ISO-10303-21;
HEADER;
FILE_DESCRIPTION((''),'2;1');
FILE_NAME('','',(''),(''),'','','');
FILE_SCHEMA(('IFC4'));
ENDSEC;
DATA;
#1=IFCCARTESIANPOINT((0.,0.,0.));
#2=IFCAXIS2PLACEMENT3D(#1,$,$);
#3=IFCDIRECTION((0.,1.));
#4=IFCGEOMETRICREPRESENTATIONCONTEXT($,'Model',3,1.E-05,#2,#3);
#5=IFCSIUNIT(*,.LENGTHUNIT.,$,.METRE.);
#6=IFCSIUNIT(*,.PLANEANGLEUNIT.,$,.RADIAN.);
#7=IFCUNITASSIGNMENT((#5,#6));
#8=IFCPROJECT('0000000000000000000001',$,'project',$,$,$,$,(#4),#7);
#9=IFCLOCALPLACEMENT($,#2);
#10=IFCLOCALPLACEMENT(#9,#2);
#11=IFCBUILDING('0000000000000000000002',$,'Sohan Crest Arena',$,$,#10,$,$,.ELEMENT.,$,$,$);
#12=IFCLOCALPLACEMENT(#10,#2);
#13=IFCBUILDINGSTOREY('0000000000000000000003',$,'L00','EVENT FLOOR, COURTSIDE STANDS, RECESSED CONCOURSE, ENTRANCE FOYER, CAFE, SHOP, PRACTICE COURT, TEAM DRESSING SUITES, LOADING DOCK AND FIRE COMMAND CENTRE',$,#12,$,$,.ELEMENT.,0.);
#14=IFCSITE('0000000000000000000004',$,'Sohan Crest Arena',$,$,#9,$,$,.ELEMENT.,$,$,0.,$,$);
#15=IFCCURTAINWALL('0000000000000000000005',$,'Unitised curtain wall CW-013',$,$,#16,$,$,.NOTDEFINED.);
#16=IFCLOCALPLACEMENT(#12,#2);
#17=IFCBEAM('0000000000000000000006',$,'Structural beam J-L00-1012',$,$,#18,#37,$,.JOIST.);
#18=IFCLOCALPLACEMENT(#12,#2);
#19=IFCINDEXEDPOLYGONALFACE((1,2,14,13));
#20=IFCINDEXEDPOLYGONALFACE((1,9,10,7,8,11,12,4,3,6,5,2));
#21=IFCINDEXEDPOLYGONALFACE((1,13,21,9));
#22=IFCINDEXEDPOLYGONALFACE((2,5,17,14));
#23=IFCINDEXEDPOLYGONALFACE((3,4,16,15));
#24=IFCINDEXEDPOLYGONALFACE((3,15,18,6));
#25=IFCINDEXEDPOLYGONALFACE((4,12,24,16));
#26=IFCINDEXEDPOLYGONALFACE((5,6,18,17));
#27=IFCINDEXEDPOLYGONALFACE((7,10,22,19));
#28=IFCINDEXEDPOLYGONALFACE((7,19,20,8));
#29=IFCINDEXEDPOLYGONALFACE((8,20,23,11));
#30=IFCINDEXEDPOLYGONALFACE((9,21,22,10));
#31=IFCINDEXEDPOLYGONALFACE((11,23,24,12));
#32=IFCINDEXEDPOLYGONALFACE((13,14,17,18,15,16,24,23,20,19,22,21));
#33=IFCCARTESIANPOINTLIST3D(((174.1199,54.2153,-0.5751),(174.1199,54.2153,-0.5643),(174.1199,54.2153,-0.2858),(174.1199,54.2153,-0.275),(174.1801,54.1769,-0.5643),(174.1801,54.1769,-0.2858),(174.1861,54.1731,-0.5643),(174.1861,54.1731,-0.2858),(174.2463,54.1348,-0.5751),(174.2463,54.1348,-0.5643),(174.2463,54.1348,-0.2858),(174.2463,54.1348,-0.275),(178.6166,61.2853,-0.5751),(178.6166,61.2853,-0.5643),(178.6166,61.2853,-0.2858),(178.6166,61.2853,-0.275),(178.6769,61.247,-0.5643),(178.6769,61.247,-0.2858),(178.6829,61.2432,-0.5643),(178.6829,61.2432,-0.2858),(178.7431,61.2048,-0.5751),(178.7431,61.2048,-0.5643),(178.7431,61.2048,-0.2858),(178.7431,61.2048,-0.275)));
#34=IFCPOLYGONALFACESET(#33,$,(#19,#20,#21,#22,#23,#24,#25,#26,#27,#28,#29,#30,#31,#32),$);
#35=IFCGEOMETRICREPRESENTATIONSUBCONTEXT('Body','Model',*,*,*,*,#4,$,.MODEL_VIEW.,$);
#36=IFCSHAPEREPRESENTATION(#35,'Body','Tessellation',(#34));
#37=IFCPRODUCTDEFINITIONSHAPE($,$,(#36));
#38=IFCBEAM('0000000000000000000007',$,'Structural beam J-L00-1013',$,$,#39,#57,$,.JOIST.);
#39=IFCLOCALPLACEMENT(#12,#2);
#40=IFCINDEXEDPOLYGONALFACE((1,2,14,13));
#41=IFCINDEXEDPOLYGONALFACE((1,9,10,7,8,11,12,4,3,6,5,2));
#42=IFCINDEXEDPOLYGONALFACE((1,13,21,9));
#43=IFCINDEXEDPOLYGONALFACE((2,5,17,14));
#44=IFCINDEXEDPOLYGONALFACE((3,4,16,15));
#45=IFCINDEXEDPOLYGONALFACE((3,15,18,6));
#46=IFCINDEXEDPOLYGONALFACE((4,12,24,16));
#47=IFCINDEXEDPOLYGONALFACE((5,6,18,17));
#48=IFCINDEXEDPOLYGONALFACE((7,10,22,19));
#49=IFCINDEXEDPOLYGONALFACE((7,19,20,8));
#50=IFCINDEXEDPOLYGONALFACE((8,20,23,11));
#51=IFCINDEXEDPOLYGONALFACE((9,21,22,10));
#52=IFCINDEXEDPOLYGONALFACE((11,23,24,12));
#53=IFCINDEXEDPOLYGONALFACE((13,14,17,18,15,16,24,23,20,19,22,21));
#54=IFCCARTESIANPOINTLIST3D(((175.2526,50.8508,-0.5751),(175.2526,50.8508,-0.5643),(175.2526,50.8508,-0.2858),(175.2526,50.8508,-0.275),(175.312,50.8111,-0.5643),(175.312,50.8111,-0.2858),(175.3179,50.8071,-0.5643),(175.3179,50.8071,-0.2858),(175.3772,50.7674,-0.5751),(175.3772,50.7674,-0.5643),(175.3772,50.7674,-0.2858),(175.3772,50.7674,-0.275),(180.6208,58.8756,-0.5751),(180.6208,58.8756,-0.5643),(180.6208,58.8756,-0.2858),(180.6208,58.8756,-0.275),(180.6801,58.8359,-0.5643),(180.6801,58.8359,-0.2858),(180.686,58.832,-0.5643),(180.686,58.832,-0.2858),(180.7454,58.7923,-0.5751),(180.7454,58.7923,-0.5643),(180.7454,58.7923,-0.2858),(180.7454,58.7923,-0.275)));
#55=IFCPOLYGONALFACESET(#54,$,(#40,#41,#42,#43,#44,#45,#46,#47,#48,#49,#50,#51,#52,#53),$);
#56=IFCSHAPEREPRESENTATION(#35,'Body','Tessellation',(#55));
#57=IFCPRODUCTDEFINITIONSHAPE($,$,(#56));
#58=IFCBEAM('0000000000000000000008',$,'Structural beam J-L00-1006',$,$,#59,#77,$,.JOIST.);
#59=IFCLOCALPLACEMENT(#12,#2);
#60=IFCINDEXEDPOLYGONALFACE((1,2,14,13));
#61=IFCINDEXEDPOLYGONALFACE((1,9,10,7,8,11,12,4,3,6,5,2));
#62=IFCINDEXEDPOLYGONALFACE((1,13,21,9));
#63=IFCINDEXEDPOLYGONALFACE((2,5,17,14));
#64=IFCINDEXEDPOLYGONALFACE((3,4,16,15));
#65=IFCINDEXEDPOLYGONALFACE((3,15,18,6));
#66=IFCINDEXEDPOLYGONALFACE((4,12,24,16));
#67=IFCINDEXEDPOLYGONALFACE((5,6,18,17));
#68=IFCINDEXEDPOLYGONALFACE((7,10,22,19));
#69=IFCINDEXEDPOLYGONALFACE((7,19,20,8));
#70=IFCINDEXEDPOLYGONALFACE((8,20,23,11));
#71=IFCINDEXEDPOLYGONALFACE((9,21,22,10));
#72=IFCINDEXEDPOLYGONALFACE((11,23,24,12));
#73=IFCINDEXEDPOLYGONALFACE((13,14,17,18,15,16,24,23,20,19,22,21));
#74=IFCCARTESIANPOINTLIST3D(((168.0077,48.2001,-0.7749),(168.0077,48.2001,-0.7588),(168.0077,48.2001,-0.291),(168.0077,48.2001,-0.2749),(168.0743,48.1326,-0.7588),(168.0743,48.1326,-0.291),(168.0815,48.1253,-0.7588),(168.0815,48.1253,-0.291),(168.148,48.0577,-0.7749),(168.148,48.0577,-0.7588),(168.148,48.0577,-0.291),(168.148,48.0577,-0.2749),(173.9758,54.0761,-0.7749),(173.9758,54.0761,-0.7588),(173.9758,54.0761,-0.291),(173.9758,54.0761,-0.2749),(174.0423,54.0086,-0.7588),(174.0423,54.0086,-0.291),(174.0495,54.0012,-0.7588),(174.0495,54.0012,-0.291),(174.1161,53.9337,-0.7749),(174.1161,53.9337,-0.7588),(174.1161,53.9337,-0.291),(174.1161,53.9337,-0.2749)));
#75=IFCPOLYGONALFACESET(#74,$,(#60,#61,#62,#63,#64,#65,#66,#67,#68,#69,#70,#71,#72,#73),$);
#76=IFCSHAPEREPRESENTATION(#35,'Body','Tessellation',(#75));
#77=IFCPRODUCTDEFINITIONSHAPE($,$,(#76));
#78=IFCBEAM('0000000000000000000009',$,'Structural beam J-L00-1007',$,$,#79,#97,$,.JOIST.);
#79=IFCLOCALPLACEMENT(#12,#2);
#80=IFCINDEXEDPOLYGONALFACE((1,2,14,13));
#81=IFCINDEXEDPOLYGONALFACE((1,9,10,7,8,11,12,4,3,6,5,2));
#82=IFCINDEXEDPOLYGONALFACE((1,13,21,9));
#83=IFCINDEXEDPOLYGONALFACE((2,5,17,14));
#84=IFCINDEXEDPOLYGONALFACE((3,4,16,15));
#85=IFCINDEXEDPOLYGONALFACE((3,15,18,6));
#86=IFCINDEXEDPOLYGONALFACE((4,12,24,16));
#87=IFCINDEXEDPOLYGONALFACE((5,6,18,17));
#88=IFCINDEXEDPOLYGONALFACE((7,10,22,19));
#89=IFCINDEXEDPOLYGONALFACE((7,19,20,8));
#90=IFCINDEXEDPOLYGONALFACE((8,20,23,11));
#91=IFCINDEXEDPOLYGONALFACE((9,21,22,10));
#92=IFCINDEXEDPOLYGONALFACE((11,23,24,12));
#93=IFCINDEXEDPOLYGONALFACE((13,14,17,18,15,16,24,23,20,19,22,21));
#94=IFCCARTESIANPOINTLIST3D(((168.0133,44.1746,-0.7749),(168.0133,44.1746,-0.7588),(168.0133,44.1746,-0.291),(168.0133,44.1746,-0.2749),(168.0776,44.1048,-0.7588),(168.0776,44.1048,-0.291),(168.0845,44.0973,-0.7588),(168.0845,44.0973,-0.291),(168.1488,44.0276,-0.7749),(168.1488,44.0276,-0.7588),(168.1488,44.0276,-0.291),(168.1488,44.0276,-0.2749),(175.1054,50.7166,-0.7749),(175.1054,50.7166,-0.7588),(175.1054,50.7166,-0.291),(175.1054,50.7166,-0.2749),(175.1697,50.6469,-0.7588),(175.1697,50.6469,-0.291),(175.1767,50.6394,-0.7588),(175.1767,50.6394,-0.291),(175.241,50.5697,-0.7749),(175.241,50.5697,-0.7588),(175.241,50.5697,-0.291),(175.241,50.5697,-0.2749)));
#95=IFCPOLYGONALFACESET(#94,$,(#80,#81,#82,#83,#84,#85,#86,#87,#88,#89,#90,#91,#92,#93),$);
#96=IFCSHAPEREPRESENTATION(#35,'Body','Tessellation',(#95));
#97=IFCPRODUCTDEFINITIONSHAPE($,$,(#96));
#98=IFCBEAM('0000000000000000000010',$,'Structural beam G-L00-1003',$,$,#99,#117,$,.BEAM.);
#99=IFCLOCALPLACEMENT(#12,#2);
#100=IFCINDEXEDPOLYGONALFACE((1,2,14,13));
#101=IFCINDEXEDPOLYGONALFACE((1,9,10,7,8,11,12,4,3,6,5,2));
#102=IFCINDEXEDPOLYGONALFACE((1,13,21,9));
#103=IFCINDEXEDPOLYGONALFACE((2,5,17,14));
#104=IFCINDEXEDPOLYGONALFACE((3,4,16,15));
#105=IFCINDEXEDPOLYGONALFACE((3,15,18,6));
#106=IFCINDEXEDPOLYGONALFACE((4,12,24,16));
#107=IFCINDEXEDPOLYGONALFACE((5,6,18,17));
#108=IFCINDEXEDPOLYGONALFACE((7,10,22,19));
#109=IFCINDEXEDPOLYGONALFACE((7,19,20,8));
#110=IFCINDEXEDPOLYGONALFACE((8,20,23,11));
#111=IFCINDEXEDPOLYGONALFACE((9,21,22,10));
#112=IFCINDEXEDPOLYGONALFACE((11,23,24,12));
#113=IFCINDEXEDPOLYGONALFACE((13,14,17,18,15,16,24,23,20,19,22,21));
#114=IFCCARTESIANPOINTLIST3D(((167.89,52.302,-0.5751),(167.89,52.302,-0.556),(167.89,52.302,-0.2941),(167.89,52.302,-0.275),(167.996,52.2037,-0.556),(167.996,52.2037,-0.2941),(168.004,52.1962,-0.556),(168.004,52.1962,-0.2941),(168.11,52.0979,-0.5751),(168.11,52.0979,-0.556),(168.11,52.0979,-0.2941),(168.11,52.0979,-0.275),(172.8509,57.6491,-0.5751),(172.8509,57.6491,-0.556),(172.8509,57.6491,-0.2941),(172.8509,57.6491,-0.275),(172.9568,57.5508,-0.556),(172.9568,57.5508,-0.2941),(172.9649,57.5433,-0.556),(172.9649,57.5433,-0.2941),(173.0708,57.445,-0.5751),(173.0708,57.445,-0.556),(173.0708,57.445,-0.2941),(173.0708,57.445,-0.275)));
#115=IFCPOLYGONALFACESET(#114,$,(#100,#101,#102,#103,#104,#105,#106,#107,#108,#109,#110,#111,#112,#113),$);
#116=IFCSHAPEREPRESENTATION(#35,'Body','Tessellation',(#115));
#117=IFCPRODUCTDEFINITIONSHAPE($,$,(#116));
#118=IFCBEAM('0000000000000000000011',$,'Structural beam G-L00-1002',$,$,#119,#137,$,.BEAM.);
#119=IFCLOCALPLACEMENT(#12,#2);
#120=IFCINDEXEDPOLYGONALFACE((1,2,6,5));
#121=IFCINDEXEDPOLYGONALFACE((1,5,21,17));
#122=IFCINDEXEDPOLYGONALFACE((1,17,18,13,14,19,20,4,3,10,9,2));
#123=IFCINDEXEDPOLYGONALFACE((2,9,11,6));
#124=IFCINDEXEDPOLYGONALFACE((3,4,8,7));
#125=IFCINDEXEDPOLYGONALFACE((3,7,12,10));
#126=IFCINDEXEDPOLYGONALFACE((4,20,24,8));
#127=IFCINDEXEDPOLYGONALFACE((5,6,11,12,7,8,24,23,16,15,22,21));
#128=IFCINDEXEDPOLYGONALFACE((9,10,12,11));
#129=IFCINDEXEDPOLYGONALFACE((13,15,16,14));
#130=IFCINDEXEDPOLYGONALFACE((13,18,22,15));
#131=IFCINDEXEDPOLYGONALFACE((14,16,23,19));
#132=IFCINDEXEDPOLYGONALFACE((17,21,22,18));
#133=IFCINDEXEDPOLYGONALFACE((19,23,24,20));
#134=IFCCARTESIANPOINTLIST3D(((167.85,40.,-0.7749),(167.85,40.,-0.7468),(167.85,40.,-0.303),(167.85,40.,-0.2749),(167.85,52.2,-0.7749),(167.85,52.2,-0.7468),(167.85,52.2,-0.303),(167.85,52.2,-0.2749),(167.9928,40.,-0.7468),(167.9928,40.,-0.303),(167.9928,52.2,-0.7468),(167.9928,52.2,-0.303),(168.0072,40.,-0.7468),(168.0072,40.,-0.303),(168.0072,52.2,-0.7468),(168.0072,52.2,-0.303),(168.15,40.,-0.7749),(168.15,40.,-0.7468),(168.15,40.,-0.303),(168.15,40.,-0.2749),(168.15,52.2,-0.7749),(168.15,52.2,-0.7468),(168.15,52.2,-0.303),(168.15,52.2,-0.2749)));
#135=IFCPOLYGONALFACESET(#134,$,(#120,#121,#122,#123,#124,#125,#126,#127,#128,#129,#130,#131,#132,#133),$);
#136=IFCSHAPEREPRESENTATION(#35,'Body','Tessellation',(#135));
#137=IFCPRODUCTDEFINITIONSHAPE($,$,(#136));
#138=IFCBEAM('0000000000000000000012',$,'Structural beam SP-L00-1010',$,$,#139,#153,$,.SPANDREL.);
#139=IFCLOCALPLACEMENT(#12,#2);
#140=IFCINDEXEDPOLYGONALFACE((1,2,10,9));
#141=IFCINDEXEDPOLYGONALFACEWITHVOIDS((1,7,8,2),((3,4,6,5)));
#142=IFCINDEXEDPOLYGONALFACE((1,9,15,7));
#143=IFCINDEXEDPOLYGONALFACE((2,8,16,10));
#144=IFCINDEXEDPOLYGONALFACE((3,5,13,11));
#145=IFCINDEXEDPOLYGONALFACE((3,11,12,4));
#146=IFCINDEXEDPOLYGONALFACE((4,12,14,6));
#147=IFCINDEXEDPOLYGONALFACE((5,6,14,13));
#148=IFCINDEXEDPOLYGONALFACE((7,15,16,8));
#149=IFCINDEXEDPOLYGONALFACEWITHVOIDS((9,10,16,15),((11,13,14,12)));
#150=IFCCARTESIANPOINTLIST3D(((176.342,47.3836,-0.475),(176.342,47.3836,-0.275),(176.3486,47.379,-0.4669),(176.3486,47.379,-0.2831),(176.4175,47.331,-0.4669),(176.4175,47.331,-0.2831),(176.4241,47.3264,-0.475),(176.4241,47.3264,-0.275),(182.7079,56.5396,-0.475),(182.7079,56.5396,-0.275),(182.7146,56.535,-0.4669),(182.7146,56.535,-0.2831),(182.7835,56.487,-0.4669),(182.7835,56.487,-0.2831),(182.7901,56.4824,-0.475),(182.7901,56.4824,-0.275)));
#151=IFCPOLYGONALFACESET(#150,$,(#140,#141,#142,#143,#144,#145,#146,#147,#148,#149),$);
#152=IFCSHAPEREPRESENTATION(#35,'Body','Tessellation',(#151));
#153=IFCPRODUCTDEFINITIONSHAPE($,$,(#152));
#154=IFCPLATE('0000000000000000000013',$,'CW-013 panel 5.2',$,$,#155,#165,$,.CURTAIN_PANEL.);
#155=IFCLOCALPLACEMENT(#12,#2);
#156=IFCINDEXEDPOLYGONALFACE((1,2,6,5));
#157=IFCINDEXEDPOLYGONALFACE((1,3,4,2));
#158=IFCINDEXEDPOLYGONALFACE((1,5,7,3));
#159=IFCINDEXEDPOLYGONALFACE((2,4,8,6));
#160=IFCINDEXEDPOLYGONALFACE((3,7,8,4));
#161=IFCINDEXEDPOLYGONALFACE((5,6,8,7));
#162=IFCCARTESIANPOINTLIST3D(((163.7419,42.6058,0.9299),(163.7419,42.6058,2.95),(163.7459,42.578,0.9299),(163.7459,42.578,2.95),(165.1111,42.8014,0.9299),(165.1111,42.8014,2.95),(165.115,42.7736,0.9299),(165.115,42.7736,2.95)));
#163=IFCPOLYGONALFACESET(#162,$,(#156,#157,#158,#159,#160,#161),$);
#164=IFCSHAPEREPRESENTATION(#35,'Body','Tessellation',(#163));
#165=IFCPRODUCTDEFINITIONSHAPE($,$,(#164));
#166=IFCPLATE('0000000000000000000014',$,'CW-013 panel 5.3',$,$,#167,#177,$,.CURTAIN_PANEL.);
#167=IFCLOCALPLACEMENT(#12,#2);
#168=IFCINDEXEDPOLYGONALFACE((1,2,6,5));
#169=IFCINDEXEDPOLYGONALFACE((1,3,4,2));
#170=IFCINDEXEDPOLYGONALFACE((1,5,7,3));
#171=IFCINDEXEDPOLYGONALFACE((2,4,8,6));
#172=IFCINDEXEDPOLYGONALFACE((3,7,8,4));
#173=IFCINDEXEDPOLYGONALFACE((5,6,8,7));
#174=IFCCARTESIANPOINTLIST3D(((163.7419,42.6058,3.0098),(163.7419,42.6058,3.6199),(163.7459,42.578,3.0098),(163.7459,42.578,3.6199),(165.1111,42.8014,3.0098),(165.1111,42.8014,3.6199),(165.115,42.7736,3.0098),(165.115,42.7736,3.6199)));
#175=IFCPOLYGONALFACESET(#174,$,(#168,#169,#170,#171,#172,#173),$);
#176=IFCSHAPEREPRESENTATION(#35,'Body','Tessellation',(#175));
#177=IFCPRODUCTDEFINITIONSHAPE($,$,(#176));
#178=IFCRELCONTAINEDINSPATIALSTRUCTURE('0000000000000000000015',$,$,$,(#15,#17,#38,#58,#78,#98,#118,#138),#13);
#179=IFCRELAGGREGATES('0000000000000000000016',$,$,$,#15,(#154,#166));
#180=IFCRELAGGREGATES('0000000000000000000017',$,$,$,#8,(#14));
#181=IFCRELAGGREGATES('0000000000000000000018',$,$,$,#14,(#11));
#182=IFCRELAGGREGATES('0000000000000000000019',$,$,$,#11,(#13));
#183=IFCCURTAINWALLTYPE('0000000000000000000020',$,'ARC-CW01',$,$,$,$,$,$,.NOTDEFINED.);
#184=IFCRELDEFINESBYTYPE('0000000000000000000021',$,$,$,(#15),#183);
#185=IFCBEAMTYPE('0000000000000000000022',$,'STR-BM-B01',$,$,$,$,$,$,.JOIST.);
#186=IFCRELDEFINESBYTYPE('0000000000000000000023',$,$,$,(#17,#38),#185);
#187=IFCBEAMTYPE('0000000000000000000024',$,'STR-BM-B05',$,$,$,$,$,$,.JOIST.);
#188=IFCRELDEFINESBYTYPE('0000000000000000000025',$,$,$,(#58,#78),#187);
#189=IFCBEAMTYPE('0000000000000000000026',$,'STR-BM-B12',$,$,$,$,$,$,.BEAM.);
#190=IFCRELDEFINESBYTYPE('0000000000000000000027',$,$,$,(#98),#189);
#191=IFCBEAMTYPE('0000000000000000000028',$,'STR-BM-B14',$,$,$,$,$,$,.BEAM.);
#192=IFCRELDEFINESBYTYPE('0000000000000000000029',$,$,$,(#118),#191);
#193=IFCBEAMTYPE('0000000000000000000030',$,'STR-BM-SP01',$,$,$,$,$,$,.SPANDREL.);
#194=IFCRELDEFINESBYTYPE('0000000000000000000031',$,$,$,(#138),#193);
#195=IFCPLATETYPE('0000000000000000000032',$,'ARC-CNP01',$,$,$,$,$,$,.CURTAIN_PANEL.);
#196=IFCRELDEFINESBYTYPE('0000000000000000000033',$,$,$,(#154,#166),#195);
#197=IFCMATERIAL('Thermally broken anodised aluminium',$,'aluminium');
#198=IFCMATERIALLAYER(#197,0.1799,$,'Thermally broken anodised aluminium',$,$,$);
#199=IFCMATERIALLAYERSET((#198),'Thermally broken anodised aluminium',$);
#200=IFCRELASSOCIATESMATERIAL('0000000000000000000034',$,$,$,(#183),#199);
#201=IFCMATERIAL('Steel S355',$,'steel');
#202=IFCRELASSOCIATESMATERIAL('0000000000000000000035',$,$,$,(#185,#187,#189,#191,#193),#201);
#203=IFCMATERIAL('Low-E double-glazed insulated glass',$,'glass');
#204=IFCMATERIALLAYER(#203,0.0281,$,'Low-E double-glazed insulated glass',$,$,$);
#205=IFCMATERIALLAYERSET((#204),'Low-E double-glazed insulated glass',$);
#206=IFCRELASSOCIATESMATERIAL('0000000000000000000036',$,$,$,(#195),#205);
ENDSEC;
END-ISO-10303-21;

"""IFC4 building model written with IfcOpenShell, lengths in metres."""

from ifc_helpers import new_model, si_unit, direction, frame, origin, origin_2d, place, context, subcontext, project, spatial, rectangle, hollow_rectangle, i_section, extrude, material, layer, layer_set, material_profile, profile_set, type_object, element, aggregate, save


model = new_model("IFC4")

# Units and contexts
model_context = context("Model", 3, precision=1e-05, world=origin(), true_north=direction((0.0, 1.0)))
body_context = subcontext(model_context, "Body", "Model", "MODEL_VIEW")
ifc_project = project(units=[si_unit("LENGTHUNIT", "METRE"), si_unit("PLANEANGLEUNIT", "RADIAN")], contexts=[model_context])

# Site, building, storey
site_placement = place(None, origin())
site = spatial("IfcSite", under=ifc_project, at=site_placement, Name="Sohan Crest Arena", CompositionType="ELEMENT", RefElevation=0.0)
building_placement = place(site_placement, origin())
building = spatial("IfcBuilding", under=site, at=building_placement, Name="Sohan Crest Arena", CompositionType="ELEMENT")
storey_placement = place(building_placement, origin())
storey = spatial("IfcBuildingStorey", under=building, at=storey_placement, Name="L00", Description="EVENT FLOOR, COURTSIDE STANDS, RECESSED CONCOURSE, ENTRANCE FOYER, CAFE, SHOP, PRACTICE COURT, TEAM DRESSING SUITES, LOADING DOCK AND FIRE COMMAND CENTRE", CompositionType="ELEMENT", Elevation=0.0)

# Shared definitions
ifc_material_1 = material(Name="Steel S355", Category="steel")

# Curtain wall
ifc_material_2 = material(Name="Thermally broken anodised aluminium", Category="aluminium")
ifc_layer_1 = layer(ifc_material_2, 0.1799, Name="Thermally broken anodised aluminium")
ifc_layer_set_1 = layer_set([ifc_layer_1], Name="Thermally broken anodised aluminium")
curtain_wall_type = type_object("IfcCurtainWallType", Name="ARC-CW01", PredefinedType="NOTDEFINED", material=ifc_layer_set_1)
curtain_wall_placement = place(storey_placement, origin())
curtain_wall = element("IfcCurtainWall", 1, at=curtain_wall_placement, inside=storey, type_object=curtain_wall_type, Name="Unitised curtain wall CW-013", PredefinedType="NOTDEFINED")

# Beams
ifc_material_profile_1 = material_profile(ifc_material_1, i_section(OverallWidth=0.1499, OverallDepth=0.3, WebThickness=0.0071, FlangeThickness=0.0107, at=origin_2d()), Name="IPE 300")
ifc_profile_set_1 = profile_set([ifc_material_profile_1], Name="Steel S355")
beam_type_1 = type_object("IfcBeamType", Name="STR-BM-B01", PredefinedType="JOIST", material=ifc_profile_set_1)
beam_1_placement = place(storey_placement, frame((174.1831, 54.175, -0.425), z_axis=(0.536679, 0.843786, 0.0), x_axis=(-0.843786, 0.536679, 0.0)))
element("IfcBeam", 2, at=beam_1_placement, inside=storey, type_object=beam_type_1, Name="Structural beam J-L00-1012", PredefinedType="JOIST", context=body_context, shape_type="SweptSolid", body=[
    extrude(i_section(OverallWidth=0.1499, OverallDepth=0.3, WebThickness=0.0071, FlangeThickness=0.0107, at=origin_2d()), origin(), (0.0, 0.0, 1.0), 8.3789),
])
beam_2_placement = place(storey_placement, frame((175.3149, 50.8091, -0.425), z_axis=(0.556007, 0.831178, 0.0), x_axis=(-0.831178, 0.556007, 0.0)))
element("IfcBeam", 3, at=beam_2_placement, inside=storey, type_object=beam_type_1, Name="Structural beam J-L00-1013", PredefinedType="JOIST", context=body_context, shape_type="SweptSolid", body=[
    extrude(i_section(OverallWidth=0.1499, OverallDepth=0.3, WebThickness=0.0071, FlangeThickness=0.0107, at=origin_2d()), origin(), (0.0, 0.0, 1.0), 9.6548),
])
ifc_material_profile_2 = material_profile(ifc_material_1, i_section(OverallWidth=0.2, OverallDepth=0.5, WebThickness=0.0103, FlangeThickness=0.0161, at=origin_2d()), Name="IPE 500")
ifc_profile_set_2 = profile_set([ifc_material_profile_2], Name="Steel S355")
beam_type_2 = type_object("IfcBeamType", Name="STR-BM-B05", PredefinedType="JOIST", material=ifc_profile_set_2)
beam_3_placement = place(storey_placement, frame((168.0779, 48.1289, -0.5249), z_axis=(0.71258, 0.701591, 0.0), x_axis=(-0.701591, 0.71258, 0.0)))
element("IfcBeam", 4, at=beam_3_placement, inside=storey, type_object=beam_type_2, Name="Structural beam J-L00-1006", PredefinedType="JOIST", context=body_context, shape_type="SweptSolid", body=[
    extrude(i_section(OverallWidth=0.2, OverallDepth=0.5, WebThickness=0.0103, FlangeThickness=0.0161, at=origin_2d()), origin(), (0.0, 0.0, 1.0), 8.3752),
])
beam_4_placement = place(storey_placement, frame((168.0811, 44.1011, -0.5249), z_axis=(0.735036, 0.678028, 0.0), x_axis=(-0.678028, 0.735036, 0.0)))
element("IfcBeam", 5, at=beam_4_placement, inside=storey, type_object=beam_type_2, Name="Structural beam J-L00-1007", PredefinedType="JOIST", context=body_context, shape_type="SweptSolid", body=[
    extrude(i_section(OverallWidth=0.2, OverallDepth=0.5, WebThickness=0.0103, FlangeThickness=0.0161, at=origin_2d()), origin(), (0.0, 0.0, 1.0), 9.6487),
])
ifc_material_profile_3 = material_profile(ifc_material_1, i_section(OverallWidth=0.3, OverallDepth=0.3, WebThickness=0.011, FlangeThickness=0.019, at=origin_2d()), Name="HEB 300")
ifc_profile_set_3 = profile_set([ifc_material_profile_3], Name="Steel S355")
beam_type_3 = type_object("IfcBeamType", Name="STR-BM-B12", PredefinedType="BEAM", material=ifc_profile_set_3)
beam_5_placement = place(storey_placement, frame((168.0, 52.2, -0.425), z_axis=(0.680135, 0.733087, 0.0), x_axis=(-0.733087, 0.680135, 0.0)))
element("IfcBeam", 6, at=beam_5_placement, inside=storey, type_object=beam_type_3, Name="Structural beam G-L00-1003", PredefinedType="BEAM", context=body_context, shape_type="SweptSolid", body=[
    extrude(i_section(OverallWidth=0.3, OverallDepth=0.3, WebThickness=0.011, FlangeThickness=0.019, at=origin_2d()), origin(), (0.0, 0.0, 1.0), 7.2939),
])
ifc_material_profile_4 = material_profile(ifc_material_1, i_section(OverallWidth=0.3, OverallDepth=0.5, WebThickness=0.0144, FlangeThickness=0.0281, at=origin_2d()), Name="HEB 500")
ifc_profile_set_4 = profile_set([ifc_material_profile_4], Name="Steel S355")
beam_type_4 = type_object("IfcBeamType", Name="STR-BM-B14", PredefinedType="BEAM", material=ifc_profile_set_4)
beam_6_placement = place(storey_placement, frame((168.0, 52.2, -0.5249), z_axis=(0.0, -1.0, 0.0), x_axis=(1.0, 0.0, 0.0)))
element("IfcBeam", 7, at=beam_6_placement, inside=storey, type_object=beam_type_4, Name="Structural beam G-L00-1002", PredefinedType="BEAM", context=body_context, shape_type="SweptSolid", body=[
    extrude(i_section(OverallWidth=0.3, OverallDepth=0.5, WebThickness=0.0144, FlangeThickness=0.0281, at=origin_2d()), origin(), (0.0, 0.0, 1.0), 12.2),
])
ifc_material_profile_5 = material_profile(ifc_material_1, hollow_rectangle(XDim=0.1001, YDim=0.2, WallThickness=0.0081, at=origin_2d()), Name="RHS 200x100x8")
ifc_profile_set_5 = profile_set([ifc_material_profile_5], Name="Steel S355")
beam_type_5 = type_object("IfcBeamType", Name="STR-BM-SP01", PredefinedType="SPANDREL", material=ifc_profile_set_5)
beam_7_placement = place(storey_placement, frame((176.3831, 47.355, -0.375), z_axis=(0.570857, 0.821049, 0.0), x_axis=(-0.821049, 0.570857, 0.0)))
element("IfcBeam", 8, at=beam_7_placement, inside=storey, type_object=beam_type_5, Name="Structural beam SP-L00-1010", PredefinedType="SPANDREL", context=body_context, shape_type="SweptSolid", body=[
    extrude(hollow_rectangle(XDim=0.1001, YDim=0.2, WallThickness=0.0081, at=origin_2d()), origin(), (0.0, 0.0, 1.0), 11.1516),
])

# Plates
ifc_material_3 = material(Name="Low-E double-glazed insulated glass", Category="glass")
ifc_layer_2 = layer(ifc_material_3, 0.0281, Name="Low-E double-glazed insulated glass")
ifc_layer_set_2 = layer_set([ifc_layer_2], Name="Low-E double-glazed insulated glass")
plate_type = type_object("IfcPlateType", Name="ARC-CNP01", PredefinedType="CURTAIN_PANEL", material=ifc_layer_set_2)
plate_1_placement = place(storey_placement, frame((164.4285, 42.6897, 0.9299), z_axis=(0.0, 0.0, 1.0), x_axis=(0.989944, 0.141463, 0.0)))
plate_1 = element("IfcPlate", 9, at=plate_1_placement, type_object=plate_type, Name="CW-013 panel 5.2", PredefinedType="CURTAIN_PANEL", context=body_context, shape_type="SweptSolid", body=[
    extrude(rectangle(XDim=1.3831, YDim=0.0281, at=origin_2d()), origin(), (0.0, 0.0, 1.0), 2.02),
])
plate_2_placement = place(storey_placement, frame((164.4285, 42.6897, 3.0098), z_axis=(0.0, 0.0, 1.0), x_axis=(0.989944, 0.141463, 0.0)))
plate_2 = element("IfcPlate", 10, at=plate_2_placement, type_object=plate_type, Name="CW-013 panel 5.3", PredefinedType="CURTAIN_PANEL", context=body_context, shape_type="SweptSolid", body=[
    extrude(rectangle(XDim=1.3831, YDim=0.0281, at=origin_2d()), origin(), (0.0, 0.0, 1.0), 0.6101),
])
aggregate(curtain_wall, [plate_1, plate_2])

save(model, "model.ifc")
